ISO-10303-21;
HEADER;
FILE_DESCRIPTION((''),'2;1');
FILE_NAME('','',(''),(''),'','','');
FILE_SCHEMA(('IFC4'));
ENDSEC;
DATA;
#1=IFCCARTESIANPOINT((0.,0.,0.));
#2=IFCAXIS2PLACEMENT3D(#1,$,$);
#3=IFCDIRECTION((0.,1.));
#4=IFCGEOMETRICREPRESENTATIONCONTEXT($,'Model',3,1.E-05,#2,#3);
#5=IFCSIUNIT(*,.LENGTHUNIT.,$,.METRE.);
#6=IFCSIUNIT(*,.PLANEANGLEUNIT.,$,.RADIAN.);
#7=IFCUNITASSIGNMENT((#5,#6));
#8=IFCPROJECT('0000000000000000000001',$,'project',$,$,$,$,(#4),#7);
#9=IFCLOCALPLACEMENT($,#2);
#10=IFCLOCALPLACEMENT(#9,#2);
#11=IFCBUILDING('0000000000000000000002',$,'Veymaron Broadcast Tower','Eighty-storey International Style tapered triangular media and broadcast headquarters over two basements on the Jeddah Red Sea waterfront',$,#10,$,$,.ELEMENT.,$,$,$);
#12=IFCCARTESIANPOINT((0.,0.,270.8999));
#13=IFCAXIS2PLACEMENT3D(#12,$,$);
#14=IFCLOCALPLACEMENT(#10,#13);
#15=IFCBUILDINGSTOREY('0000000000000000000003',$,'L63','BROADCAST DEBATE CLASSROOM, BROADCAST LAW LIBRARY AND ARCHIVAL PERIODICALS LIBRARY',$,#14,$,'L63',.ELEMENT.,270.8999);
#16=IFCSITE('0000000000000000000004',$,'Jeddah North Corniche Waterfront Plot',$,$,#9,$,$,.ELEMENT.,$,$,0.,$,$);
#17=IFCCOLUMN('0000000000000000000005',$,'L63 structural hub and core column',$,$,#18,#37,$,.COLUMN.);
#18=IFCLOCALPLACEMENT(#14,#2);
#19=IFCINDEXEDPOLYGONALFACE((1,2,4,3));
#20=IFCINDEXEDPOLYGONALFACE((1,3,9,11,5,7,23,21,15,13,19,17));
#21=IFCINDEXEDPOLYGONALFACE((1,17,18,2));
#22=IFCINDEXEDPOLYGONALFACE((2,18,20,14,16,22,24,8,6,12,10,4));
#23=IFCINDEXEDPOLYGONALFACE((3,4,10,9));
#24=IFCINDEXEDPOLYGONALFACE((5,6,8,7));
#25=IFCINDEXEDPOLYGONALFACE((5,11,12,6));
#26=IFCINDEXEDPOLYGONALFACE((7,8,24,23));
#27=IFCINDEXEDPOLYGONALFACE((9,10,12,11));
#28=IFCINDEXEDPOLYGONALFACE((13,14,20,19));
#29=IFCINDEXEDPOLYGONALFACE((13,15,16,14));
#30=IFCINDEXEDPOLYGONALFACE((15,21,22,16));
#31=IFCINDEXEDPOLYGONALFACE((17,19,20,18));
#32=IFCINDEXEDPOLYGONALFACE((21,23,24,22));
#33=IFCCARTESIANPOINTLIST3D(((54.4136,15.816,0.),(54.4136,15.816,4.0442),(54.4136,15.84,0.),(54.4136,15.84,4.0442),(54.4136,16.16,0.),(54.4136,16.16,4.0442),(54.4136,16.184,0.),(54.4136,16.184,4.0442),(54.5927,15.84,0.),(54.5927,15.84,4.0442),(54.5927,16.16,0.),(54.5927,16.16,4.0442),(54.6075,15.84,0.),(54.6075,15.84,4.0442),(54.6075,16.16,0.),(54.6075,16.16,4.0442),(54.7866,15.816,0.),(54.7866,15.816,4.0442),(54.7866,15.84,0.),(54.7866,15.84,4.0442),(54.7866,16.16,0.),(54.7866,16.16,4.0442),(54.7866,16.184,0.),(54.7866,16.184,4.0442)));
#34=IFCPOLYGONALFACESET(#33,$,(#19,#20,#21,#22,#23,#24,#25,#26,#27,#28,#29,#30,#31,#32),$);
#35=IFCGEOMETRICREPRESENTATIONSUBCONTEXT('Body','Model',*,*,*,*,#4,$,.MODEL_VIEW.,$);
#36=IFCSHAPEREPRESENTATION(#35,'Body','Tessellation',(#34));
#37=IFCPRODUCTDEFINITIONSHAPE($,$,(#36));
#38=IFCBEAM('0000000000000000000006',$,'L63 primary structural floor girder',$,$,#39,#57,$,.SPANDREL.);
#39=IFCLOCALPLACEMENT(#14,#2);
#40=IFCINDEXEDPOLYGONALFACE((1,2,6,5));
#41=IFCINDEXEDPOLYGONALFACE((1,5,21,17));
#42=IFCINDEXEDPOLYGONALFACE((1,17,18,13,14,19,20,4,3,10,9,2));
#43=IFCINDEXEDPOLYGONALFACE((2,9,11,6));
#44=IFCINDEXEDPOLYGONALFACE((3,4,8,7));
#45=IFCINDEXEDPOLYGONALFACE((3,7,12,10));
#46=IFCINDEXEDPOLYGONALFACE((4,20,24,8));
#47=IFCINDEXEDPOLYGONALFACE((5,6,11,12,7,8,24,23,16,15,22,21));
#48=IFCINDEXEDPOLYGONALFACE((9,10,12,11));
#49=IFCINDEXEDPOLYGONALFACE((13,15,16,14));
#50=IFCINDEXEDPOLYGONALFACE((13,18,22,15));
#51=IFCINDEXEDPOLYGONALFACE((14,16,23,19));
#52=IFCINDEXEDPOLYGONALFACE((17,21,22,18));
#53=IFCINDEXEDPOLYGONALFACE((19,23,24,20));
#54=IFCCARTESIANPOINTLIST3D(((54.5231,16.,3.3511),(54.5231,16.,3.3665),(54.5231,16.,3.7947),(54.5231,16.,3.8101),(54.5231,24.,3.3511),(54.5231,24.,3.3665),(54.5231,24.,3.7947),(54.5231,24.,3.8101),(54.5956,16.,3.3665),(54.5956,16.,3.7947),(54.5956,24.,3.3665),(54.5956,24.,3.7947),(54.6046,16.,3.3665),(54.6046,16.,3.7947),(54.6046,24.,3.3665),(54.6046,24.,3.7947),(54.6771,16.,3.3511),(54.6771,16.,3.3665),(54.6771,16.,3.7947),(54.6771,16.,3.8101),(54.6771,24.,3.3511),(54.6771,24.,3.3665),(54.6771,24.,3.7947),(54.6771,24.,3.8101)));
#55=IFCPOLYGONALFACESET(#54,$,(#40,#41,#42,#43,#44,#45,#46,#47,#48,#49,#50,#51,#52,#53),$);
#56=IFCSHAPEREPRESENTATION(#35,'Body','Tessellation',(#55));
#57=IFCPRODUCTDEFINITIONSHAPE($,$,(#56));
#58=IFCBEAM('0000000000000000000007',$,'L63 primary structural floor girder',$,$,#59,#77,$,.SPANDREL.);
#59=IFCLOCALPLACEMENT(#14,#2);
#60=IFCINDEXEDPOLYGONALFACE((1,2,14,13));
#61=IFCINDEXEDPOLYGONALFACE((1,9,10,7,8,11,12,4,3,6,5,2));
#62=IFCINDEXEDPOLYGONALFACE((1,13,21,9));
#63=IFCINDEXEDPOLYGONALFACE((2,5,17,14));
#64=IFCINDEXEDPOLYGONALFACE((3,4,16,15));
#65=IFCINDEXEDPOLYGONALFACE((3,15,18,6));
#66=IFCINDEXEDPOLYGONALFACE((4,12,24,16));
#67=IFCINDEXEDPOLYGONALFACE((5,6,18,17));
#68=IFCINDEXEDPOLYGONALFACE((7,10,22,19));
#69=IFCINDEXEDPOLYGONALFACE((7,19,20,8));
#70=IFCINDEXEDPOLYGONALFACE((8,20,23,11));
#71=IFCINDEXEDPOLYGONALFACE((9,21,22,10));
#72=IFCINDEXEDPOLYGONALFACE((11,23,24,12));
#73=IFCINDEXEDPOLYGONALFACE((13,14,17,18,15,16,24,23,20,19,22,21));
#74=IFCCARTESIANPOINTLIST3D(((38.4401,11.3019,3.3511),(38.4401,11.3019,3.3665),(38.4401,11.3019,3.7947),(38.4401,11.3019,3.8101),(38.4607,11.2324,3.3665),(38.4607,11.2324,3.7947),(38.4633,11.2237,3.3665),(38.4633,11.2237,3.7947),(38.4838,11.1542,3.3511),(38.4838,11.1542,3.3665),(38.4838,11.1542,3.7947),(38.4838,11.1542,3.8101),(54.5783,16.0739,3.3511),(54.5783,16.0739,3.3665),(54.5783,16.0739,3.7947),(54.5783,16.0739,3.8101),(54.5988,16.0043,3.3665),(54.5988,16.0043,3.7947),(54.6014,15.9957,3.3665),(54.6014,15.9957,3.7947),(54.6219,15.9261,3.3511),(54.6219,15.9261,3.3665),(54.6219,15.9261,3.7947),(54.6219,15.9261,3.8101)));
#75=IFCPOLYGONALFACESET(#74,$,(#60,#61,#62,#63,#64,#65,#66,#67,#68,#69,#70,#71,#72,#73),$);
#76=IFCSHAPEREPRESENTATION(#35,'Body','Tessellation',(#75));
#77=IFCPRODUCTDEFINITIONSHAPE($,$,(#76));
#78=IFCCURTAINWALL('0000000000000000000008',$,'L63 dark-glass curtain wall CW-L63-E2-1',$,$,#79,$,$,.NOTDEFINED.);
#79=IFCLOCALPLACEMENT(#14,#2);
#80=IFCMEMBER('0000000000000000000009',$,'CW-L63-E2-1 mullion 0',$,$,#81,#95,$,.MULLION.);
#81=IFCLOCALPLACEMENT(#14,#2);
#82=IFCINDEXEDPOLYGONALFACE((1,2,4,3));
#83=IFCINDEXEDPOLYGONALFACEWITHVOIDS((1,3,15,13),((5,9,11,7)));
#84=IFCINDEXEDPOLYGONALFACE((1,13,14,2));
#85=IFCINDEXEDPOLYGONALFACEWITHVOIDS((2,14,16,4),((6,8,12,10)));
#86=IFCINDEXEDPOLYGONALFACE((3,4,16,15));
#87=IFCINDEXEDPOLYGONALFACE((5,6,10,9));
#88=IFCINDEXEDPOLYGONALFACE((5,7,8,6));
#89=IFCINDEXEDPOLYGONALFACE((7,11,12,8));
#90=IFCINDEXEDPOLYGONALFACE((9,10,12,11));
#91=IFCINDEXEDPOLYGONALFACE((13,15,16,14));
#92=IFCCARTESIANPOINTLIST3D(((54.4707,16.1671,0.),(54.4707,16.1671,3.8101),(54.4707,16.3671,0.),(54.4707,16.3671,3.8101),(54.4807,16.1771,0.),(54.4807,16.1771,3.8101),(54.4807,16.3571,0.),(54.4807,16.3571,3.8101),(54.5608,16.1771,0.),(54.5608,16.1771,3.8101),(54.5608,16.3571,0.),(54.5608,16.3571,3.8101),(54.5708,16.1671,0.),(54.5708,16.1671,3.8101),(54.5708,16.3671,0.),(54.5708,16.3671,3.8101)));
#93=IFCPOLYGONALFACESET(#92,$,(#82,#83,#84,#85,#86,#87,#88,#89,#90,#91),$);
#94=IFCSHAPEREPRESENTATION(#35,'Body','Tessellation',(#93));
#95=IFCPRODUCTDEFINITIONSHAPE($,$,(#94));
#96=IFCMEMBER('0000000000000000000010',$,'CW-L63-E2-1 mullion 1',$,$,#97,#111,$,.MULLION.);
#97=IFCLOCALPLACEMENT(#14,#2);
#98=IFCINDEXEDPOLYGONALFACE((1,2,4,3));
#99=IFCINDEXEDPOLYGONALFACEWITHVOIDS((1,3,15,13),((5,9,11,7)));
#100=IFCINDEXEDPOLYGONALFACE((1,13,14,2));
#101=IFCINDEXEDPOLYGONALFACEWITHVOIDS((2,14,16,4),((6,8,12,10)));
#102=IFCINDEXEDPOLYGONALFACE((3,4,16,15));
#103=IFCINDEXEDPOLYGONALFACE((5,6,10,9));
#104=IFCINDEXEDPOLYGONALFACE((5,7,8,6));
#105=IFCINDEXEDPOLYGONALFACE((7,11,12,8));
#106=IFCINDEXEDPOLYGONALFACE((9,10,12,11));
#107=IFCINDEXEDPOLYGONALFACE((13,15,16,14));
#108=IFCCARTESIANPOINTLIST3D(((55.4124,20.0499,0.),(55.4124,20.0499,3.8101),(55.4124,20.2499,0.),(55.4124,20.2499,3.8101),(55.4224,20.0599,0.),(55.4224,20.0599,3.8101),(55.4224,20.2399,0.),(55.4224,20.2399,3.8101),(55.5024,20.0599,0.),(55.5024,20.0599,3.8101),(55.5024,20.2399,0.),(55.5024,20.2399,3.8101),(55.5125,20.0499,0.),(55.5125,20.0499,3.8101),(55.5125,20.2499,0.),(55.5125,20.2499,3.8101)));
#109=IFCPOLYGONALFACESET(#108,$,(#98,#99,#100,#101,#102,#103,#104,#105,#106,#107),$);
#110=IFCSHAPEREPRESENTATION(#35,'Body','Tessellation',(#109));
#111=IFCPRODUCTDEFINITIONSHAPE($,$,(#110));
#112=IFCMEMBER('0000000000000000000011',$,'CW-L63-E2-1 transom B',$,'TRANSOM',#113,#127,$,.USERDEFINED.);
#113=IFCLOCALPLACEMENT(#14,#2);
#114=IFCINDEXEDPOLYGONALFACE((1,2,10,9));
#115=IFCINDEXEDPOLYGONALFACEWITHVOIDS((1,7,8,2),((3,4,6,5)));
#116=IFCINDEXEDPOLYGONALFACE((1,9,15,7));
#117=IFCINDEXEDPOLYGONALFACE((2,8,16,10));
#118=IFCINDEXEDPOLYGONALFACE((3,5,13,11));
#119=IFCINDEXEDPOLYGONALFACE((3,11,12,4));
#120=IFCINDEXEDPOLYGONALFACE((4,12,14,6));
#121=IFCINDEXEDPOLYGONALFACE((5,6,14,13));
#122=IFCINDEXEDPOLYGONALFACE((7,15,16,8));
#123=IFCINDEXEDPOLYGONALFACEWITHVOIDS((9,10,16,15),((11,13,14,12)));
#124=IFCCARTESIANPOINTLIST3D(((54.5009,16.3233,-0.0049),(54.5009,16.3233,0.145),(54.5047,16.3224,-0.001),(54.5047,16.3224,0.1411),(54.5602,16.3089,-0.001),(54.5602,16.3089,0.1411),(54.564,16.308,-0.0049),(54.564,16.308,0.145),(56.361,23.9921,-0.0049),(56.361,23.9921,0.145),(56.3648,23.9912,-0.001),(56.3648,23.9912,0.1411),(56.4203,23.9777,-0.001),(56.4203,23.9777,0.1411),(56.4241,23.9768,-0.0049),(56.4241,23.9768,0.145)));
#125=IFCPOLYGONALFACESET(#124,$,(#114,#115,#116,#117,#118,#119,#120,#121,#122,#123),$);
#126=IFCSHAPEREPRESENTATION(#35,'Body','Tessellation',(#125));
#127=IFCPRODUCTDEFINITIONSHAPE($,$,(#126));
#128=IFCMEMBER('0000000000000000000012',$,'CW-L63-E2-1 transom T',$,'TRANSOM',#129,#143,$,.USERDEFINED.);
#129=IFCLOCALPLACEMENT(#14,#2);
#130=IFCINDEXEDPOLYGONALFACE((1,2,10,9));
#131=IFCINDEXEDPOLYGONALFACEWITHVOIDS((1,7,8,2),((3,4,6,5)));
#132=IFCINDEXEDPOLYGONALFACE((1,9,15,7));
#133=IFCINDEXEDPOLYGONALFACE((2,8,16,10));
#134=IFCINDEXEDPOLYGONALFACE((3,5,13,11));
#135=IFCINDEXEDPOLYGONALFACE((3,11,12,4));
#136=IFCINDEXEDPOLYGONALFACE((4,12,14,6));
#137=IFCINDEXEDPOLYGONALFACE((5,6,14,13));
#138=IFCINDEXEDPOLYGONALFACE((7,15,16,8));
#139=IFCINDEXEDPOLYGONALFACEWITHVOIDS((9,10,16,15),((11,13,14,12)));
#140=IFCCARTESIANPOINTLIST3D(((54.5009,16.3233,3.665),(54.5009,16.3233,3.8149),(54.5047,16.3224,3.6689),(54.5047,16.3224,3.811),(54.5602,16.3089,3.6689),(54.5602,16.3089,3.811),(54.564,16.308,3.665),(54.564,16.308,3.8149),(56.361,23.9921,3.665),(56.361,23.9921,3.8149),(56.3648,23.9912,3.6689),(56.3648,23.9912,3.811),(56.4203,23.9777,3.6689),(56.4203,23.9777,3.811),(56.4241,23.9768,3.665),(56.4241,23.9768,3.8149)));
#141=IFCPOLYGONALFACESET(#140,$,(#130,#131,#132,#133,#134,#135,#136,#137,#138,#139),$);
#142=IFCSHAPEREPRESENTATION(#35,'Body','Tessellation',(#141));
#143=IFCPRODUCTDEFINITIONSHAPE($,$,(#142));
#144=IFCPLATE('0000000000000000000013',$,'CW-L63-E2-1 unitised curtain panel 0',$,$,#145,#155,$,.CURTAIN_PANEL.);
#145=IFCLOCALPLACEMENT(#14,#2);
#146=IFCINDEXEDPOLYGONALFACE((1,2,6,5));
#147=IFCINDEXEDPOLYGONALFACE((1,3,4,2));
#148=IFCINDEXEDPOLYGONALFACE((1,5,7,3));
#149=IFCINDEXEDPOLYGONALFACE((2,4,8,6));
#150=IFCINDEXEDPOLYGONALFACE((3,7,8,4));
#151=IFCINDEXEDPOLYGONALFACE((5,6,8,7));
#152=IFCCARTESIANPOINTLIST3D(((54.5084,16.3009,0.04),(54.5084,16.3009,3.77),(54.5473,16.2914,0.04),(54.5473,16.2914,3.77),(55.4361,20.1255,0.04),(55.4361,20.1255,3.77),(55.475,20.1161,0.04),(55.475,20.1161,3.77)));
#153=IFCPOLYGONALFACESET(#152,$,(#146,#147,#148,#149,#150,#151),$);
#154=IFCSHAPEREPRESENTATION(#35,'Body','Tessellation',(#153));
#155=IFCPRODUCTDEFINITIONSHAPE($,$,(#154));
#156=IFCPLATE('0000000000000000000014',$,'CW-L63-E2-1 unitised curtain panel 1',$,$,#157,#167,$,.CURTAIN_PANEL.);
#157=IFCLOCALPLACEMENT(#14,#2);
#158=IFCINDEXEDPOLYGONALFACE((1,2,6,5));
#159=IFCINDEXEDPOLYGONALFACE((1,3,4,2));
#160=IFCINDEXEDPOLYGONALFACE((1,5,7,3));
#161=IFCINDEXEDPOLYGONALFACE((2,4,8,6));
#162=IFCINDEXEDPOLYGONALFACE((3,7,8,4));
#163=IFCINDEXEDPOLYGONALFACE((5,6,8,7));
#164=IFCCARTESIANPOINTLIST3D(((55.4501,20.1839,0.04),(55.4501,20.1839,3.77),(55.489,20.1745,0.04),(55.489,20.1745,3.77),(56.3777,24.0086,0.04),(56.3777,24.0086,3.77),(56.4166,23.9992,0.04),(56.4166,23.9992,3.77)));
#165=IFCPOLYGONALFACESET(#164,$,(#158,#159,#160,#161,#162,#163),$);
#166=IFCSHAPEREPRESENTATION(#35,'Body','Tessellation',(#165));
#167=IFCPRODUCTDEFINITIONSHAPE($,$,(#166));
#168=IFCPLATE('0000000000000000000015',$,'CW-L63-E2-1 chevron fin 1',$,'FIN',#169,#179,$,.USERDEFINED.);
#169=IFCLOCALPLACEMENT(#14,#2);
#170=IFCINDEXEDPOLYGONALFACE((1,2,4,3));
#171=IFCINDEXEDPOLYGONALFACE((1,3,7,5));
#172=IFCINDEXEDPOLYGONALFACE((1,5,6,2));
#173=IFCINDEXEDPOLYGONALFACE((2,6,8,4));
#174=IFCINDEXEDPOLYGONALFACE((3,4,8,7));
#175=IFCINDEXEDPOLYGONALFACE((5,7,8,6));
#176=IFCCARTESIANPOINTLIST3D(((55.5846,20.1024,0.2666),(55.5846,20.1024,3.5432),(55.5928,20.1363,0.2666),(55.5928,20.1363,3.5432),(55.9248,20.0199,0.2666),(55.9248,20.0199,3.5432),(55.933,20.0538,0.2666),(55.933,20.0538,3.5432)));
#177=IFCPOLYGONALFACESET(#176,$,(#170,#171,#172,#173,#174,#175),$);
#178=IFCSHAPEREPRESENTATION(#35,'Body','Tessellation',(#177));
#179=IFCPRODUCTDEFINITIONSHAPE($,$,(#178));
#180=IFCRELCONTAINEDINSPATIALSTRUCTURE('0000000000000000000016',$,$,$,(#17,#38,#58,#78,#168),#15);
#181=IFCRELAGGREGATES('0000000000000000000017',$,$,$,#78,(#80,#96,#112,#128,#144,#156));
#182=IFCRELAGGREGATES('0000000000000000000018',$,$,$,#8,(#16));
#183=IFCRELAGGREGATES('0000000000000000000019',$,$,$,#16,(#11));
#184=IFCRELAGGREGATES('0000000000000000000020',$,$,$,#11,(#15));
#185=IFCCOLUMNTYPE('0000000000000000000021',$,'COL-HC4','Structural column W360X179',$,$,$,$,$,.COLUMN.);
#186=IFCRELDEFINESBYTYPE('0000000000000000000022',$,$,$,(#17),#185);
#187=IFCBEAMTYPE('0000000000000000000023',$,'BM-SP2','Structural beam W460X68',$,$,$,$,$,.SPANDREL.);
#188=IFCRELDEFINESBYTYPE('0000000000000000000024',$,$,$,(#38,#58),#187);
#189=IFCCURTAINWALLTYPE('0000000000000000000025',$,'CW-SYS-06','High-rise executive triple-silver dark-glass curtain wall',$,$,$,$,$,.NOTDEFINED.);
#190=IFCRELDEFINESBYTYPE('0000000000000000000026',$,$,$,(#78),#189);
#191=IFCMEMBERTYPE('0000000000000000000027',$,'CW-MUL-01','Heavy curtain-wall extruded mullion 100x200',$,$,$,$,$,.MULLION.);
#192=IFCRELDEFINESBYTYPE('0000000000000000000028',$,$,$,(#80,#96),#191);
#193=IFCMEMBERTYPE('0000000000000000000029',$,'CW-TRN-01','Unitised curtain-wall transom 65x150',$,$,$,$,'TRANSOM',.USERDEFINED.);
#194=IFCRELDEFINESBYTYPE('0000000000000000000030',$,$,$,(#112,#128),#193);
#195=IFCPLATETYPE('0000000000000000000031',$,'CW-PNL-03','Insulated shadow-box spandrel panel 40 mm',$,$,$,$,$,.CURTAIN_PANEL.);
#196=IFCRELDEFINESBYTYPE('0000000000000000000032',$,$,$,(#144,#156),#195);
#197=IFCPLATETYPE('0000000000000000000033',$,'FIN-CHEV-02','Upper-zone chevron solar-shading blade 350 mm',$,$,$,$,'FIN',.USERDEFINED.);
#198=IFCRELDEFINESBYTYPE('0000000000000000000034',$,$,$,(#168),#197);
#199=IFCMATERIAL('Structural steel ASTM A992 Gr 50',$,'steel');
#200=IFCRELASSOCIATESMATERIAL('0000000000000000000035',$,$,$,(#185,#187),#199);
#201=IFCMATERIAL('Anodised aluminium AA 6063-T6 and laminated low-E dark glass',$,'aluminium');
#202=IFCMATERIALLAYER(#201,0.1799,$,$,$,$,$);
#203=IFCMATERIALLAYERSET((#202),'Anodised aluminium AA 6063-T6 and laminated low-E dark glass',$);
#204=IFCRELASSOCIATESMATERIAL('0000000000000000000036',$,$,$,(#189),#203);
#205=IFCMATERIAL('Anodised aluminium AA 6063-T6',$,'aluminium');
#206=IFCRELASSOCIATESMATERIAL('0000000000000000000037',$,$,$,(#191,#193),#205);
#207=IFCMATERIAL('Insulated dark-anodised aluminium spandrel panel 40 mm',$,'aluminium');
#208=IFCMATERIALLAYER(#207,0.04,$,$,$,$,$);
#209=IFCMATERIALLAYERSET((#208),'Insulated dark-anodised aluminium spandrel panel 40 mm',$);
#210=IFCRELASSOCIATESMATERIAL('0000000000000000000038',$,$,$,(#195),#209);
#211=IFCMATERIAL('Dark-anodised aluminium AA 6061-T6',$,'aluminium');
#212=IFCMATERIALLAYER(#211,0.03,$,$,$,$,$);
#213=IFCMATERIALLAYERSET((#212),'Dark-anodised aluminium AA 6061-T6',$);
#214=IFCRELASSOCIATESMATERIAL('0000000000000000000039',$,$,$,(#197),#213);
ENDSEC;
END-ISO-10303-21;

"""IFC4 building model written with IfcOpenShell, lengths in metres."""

from ifc_helpers import new_model, si_unit, direction, frame, origin, origin_2d, place, context, subcontext, project, spatial, rectangle, hollow_rectangle, i_section, extrude, material, layer, layer_set, material_profile, profile_set, type_object, element, aggregate, save


model = new_model("IFC4")

# Units and contexts
model_context = context("Model", 3, precision=1e-05, world=origin(), true_north=direction((0.0, 1.0)))
body_context = subcontext(model_context, "Body", "Model", "MODEL_VIEW")
ifc_project = project(units=[si_unit("LENGTHUNIT", "METRE"), si_unit("PLANEANGLEUNIT", "RADIAN")], contexts=[model_context])

# Site, building, storey
site_placement = place(None, origin())
site = spatial("IfcSite", under=ifc_project, at=site_placement, Name="Jeddah North Corniche Waterfront Plot", CompositionType="ELEMENT", RefElevation=0.0)
building_placement = place(site_placement, origin())
building = spatial("IfcBuilding", under=site, at=building_placement, Name="Veymaron Broadcast Tower", Description="Eighty-storey International Style tapered triangular media and broadcast headquarters over two basements on the Jeddah Red Sea waterfront", CompositionType="ELEMENT")
storey_placement = place(building_placement, frame((0.0, 0.0, 270.8999)))
storey = spatial("IfcBuildingStorey", under=building, at=storey_placement, Name="L63", Description="BROADCAST DEBATE CLASSROOM, BROADCAST LAW LIBRARY AND ARCHIVAL PERIODICALS LIBRARY", LongName="L63", CompositionType="ELEMENT", Elevation=270.8999)

# Column
ifc_material_1 = material(Name="Structural steel ASTM A992 Gr 50", Category="steel")
ifc_material_profile_1 = material_profile(ifc_material_1, i_section(OverallWidth=0.373, OverallDepth=0.3679, WebThickness=0.0149, FlangeThickness=0.0239, at=origin_2d()), Name="W360X179")
ifc_profile_set_1 = profile_set([ifc_material_profile_1], Name="Structural steel ASTM A992 Gr 50")
column_type = type_object("IfcColumnType", Name="COL-HC4", Description="Structural column W360X179", PredefinedType="COLUMN", material=ifc_profile_set_1)
column_placement = place(storey_placement, frame((54.6001, 16.0, 0.0), z_axis=(0.0, 0.0, 1.0), x_axis=(1.0, 0.0, 0.0)))
element("IfcColumn", 1, at=column_placement, inside=storey, type_object=column_type, Name="L63 structural hub and core column", PredefinedType="COLUMN", context=body_context, shape_type="SweptSolid", body=[
    extrude(i_section(OverallWidth=0.373, OverallDepth=0.3679, WebThickness=0.0149, FlangeThickness=0.0239, at=origin_2d()), origin(), (0.0, 0.0, 1.0), 4.0442),
])

# Beams
ifc_material_profile_2 = material_profile(ifc_material_1, i_section(OverallWidth=0.1541, OverallDepth=0.459, WebThickness=0.009, FlangeThickness=0.0154, at=origin_2d()), Name="W460X68")
ifc_profile_set_2 = profile_set([ifc_material_profile_2], Name="Structural steel ASTM A992 Gr 50")
beam_type = type_object("IfcBeamType", Name="BM-SP2", Description="Structural beam W460X68", PredefinedType="SPANDREL", material=ifc_profile_set_2)
beam_1_placement = place(storey_placement, frame((54.6001, 16.0, 3.5806), z_axis=(0.0, 1.0, 0.0), x_axis=(-1.0, 0.0, 0.0)))
element("IfcBeam", 2, at=beam_1_placement, inside=storey, type_object=beam_type, Name="L63 primary structural floor girder", PredefinedType="SPANDREL", context=body_context, shape_type="SweptSolid", body=[
    extrude(i_section(OverallWidth=0.1541, OverallDepth=0.459, WebThickness=0.009, FlangeThickness=0.0154, at=origin_2d()), origin(), (0.0, 0.0, 1.0), 8.0),
])
beam_2_placement = place(storey_placement, frame((54.6001, 16.0, 3.5806), z_axis=(-0.958955, -0.283558, 0.0), x_axis=(0.283558, -0.958955, 0.0)))
element("IfcBeam", 3, at=beam_2_placement, inside=storey, type_object=beam_type, Name="L63 primary structural floor girder", PredefinedType="SPANDREL", context=body_context, shape_type="SweptSolid", body=[
    extrude(i_section(OverallWidth=0.1541, OverallDepth=0.459, WebThickness=0.009, FlangeThickness=0.0154, at=origin_2d()), origin(), (0.0, 0.0, 1.0), 16.8289),
])

# Curtain wall, members, plates
ifc_material_2 = material(Name="Anodised aluminium AA 6063-T6 and laminated low-E dark glass", Category="aluminium")
ifc_layer_1 = layer(ifc_material_2, 0.1799)
ifc_layer_set_1 = layer_set([ifc_layer_1], Name="Anodised aluminium AA 6063-T6 and laminated low-E dark glass")
curtain_wall_type = type_object("IfcCurtainWallType", Name="CW-SYS-06", Description="High-rise executive triple-silver dark-glass curtain wall", PredefinedType="NOTDEFINED", material=ifc_layer_set_1)
curtain_wall_placement = place(storey_placement, origin())
curtain_wall = element("IfcCurtainWall", 4, at=curtain_wall_placement, inside=storey, type_object=curtain_wall_type, Name="L63 dark-glass curtain wall CW-L63-E2-1", PredefinedType="NOTDEFINED")
ifc_material_3 = material(Name="Anodised aluminium AA 6063-T6", Category="aluminium")
ifc_material_profile_3 = material_profile(ifc_material_3, hollow_rectangle(XDim=0.1001, YDim=0.2, WallThickness=0.01, at=origin_2d()), Name="RHS200X100X10")
ifc_profile_set_3 = profile_set([ifc_material_profile_3], Name="Anodised aluminium AA 6063-T6")
member_type_1 = type_object("IfcMemberType", Name="CW-MUL-01", Description="Heavy curtain-wall extruded mullion 100x200", PredefinedType="MULLION", material=ifc_profile_set_3)
member_1_placement = place(storey_placement, frame((54.5208, 16.2671, 0.0), z_axis=(0.0, 0.0, 1.0), x_axis=(1.0, 0.0, 0.0)))
member_1 = element("IfcMember", 5, at=member_1_placement, type_object=member_type_1, Name="CW-L63-E2-1 mullion 0", PredefinedType="MULLION", context=body_context, shape_type="SweptSolid", body=[
    extrude(hollow_rectangle(XDim=0.1001, YDim=0.2, WallThickness=0.01, at=origin_2d()), origin(), (0.0, 0.0, 1.0), 3.8101),
])
member_2_placement = place(storey_placement, frame((55.4624, 20.1499, 0.0), z_axis=(0.0, 0.0, 1.0), x_axis=(1.0, 0.0, 0.0)))
member_2 = element("IfcMember", 6, at=member_2_placement, type_object=member_type_1, Name="CW-L63-E2-1 mullion 1", PredefinedType="MULLION", context=body_context, shape_type="SweptSolid", body=[
    extrude(hollow_rectangle(XDim=0.1001, YDim=0.2, WallThickness=0.01, at=origin_2d()), origin(), (0.0, 0.0, 1.0), 3.8101),
])
ifc_material_profile_4 = material_profile(ifc_material_3, hollow_rectangle(XDim=0.0649, YDim=0.1499, WallThickness=0.0039, at=origin_2d()), Name="AL150X65X4")
ifc_profile_set_4 = profile_set([ifc_material_profile_4], Name="Anodised aluminium AA 6063-T6")
member_type_2 = type_object("IfcMemberType", Name="CW-TRN-01", Description="Unitised curtain-wall transom 65x150", ElementType="TRANSOM", PredefinedType="USERDEFINED", material=ifc_profile_set_4)
member_3_placement = place(storey_placement, frame((54.5325, 16.3157, 0.0701), z_axis=(0.235723, 0.97182, 0.0), x_axis=(-0.97182, 0.235723, 0.0)))
member_3 = element("IfcMember", 7, at=member_3_placement, type_object=member_type_2, Name="CW-L63-E2-1 transom B", ObjectType="TRANSOM", PredefinedType="USERDEFINED", context=body_context, shape_type="SweptSolid", body=[
    extrude(hollow_rectangle(XDim=0.0649, YDim=0.1499, WallThickness=0.0039, at=origin_2d()), origin(), (0.0, 0.0, 1.0), 7.8911),
])
member_4_placement = place(storey_placement, frame((54.5325, 16.3157, 3.74), z_axis=(0.235723, 0.97182, 0.0), x_axis=(-0.97182, 0.235723, 0.0)))
member_4 = element("IfcMember", 8, at=member_4_placement, type_object=member_type_2, Name="CW-L63-E2-1 transom T", ObjectType="TRANSOM", PredefinedType="USERDEFINED", context=body_context, shape_type="SweptSolid", body=[
    extrude(hollow_rectangle(XDim=0.0649, YDim=0.1499, WallThickness=0.0039, at=origin_2d()), origin(), (0.0, 0.0, 1.0), 7.8911),
])
ifc_material_4 = material(Name="Insulated dark-anodised aluminium spandrel panel 40 mm", Category="aluminium")
ifc_layer_2 = layer(ifc_material_4, 0.04)
ifc_layer_set_2 = layer_set([ifc_layer_2], Name="Insulated dark-anodised aluminium spandrel panel 40 mm")
plate_type_1 = type_object("IfcPlateType", Name="CW-PNL-03", Description="Insulated shadow-box spandrel panel 40 mm", PredefinedType="CURTAIN_PANEL", material=ifc_layer_set_2)
plate_1_placement = place(storey_placement, frame((54.9917, 18.2085, 0.04), z_axis=(0.0, 0.0, 1.0), x_axis=(0.235702, 0.971825, 0.0)))
plate_1 = element("IfcPlate", 9, at=plate_1_placement, type_object=plate_type_1, Name="CW-L63-E2-1 unitised curtain panel 0", PredefinedType="CURTAIN_PANEL", context=body_context, shape_type="SweptSolid", body=[
    extrude(rectangle(XDim=3.9355, YDim=0.04, at=origin_2d()), origin(), (0.0, 0.0, 1.0), 3.73),
])
plate_2_placement = place(storey_placement, frame((55.9333, 22.0916, 0.04), z_axis=(0.0, 0.0, 1.0), x_axis=(0.235702, 0.971825, 0.0)))
plate_2 = element("IfcPlate", 10, at=plate_2_placement, type_object=plate_type_1, Name="CW-L63-E2-1 unitised curtain panel 1", PredefinedType="CURTAIN_PANEL", context=body_context, shape_type="SweptSolid", body=[
    extrude(rectangle(XDim=3.9355, YDim=0.04, at=origin_2d()), origin(), (0.0, 0.0, 1.0), 3.73),
])
aggregate(curtain_wall, [member_1, member_2, member_3, member_4, plate_1, plate_2])

# Plate
ifc_material_5 = material(Name="Dark-anodised aluminium AA 6061-T6", Category="aluminium")
ifc_layer_3 = layer(ifc_material_5, 0.03)
ifc_layer_set_3 = layer_set([ifc_layer_3], Name="Dark-anodised aluminium AA 6061-T6")
plate_type_2 = type_object("IfcPlateType", Name="FIN-CHEV-02", Description="Upper-zone chevron solar-shading blade 350 mm", ElementType="FIN", PredefinedType="USERDEFINED", material=ifc_layer_set_3)
plate_3_placement = place(storey_placement, frame((55.7588, 20.0781, 0.2666), z_axis=(0.0, 0.0, 1.0), x_axis=(0.971825, -0.235702, 0.0)))
element("IfcPlate", 11, at=plate_3_placement, inside=storey, type_object=plate_type_2, Name="CW-L63-E2-1 chevron fin 1", ObjectType="FIN", PredefinedType="USERDEFINED", context=body_context, shape_type="SweptSolid", body=[
    extrude(rectangle(XDim=0.3501, YDim=0.0349, at=origin_2d()), origin(), (0.0, 0.0, 1.0), 3.2766),
])

save(model, "model.ifc")
